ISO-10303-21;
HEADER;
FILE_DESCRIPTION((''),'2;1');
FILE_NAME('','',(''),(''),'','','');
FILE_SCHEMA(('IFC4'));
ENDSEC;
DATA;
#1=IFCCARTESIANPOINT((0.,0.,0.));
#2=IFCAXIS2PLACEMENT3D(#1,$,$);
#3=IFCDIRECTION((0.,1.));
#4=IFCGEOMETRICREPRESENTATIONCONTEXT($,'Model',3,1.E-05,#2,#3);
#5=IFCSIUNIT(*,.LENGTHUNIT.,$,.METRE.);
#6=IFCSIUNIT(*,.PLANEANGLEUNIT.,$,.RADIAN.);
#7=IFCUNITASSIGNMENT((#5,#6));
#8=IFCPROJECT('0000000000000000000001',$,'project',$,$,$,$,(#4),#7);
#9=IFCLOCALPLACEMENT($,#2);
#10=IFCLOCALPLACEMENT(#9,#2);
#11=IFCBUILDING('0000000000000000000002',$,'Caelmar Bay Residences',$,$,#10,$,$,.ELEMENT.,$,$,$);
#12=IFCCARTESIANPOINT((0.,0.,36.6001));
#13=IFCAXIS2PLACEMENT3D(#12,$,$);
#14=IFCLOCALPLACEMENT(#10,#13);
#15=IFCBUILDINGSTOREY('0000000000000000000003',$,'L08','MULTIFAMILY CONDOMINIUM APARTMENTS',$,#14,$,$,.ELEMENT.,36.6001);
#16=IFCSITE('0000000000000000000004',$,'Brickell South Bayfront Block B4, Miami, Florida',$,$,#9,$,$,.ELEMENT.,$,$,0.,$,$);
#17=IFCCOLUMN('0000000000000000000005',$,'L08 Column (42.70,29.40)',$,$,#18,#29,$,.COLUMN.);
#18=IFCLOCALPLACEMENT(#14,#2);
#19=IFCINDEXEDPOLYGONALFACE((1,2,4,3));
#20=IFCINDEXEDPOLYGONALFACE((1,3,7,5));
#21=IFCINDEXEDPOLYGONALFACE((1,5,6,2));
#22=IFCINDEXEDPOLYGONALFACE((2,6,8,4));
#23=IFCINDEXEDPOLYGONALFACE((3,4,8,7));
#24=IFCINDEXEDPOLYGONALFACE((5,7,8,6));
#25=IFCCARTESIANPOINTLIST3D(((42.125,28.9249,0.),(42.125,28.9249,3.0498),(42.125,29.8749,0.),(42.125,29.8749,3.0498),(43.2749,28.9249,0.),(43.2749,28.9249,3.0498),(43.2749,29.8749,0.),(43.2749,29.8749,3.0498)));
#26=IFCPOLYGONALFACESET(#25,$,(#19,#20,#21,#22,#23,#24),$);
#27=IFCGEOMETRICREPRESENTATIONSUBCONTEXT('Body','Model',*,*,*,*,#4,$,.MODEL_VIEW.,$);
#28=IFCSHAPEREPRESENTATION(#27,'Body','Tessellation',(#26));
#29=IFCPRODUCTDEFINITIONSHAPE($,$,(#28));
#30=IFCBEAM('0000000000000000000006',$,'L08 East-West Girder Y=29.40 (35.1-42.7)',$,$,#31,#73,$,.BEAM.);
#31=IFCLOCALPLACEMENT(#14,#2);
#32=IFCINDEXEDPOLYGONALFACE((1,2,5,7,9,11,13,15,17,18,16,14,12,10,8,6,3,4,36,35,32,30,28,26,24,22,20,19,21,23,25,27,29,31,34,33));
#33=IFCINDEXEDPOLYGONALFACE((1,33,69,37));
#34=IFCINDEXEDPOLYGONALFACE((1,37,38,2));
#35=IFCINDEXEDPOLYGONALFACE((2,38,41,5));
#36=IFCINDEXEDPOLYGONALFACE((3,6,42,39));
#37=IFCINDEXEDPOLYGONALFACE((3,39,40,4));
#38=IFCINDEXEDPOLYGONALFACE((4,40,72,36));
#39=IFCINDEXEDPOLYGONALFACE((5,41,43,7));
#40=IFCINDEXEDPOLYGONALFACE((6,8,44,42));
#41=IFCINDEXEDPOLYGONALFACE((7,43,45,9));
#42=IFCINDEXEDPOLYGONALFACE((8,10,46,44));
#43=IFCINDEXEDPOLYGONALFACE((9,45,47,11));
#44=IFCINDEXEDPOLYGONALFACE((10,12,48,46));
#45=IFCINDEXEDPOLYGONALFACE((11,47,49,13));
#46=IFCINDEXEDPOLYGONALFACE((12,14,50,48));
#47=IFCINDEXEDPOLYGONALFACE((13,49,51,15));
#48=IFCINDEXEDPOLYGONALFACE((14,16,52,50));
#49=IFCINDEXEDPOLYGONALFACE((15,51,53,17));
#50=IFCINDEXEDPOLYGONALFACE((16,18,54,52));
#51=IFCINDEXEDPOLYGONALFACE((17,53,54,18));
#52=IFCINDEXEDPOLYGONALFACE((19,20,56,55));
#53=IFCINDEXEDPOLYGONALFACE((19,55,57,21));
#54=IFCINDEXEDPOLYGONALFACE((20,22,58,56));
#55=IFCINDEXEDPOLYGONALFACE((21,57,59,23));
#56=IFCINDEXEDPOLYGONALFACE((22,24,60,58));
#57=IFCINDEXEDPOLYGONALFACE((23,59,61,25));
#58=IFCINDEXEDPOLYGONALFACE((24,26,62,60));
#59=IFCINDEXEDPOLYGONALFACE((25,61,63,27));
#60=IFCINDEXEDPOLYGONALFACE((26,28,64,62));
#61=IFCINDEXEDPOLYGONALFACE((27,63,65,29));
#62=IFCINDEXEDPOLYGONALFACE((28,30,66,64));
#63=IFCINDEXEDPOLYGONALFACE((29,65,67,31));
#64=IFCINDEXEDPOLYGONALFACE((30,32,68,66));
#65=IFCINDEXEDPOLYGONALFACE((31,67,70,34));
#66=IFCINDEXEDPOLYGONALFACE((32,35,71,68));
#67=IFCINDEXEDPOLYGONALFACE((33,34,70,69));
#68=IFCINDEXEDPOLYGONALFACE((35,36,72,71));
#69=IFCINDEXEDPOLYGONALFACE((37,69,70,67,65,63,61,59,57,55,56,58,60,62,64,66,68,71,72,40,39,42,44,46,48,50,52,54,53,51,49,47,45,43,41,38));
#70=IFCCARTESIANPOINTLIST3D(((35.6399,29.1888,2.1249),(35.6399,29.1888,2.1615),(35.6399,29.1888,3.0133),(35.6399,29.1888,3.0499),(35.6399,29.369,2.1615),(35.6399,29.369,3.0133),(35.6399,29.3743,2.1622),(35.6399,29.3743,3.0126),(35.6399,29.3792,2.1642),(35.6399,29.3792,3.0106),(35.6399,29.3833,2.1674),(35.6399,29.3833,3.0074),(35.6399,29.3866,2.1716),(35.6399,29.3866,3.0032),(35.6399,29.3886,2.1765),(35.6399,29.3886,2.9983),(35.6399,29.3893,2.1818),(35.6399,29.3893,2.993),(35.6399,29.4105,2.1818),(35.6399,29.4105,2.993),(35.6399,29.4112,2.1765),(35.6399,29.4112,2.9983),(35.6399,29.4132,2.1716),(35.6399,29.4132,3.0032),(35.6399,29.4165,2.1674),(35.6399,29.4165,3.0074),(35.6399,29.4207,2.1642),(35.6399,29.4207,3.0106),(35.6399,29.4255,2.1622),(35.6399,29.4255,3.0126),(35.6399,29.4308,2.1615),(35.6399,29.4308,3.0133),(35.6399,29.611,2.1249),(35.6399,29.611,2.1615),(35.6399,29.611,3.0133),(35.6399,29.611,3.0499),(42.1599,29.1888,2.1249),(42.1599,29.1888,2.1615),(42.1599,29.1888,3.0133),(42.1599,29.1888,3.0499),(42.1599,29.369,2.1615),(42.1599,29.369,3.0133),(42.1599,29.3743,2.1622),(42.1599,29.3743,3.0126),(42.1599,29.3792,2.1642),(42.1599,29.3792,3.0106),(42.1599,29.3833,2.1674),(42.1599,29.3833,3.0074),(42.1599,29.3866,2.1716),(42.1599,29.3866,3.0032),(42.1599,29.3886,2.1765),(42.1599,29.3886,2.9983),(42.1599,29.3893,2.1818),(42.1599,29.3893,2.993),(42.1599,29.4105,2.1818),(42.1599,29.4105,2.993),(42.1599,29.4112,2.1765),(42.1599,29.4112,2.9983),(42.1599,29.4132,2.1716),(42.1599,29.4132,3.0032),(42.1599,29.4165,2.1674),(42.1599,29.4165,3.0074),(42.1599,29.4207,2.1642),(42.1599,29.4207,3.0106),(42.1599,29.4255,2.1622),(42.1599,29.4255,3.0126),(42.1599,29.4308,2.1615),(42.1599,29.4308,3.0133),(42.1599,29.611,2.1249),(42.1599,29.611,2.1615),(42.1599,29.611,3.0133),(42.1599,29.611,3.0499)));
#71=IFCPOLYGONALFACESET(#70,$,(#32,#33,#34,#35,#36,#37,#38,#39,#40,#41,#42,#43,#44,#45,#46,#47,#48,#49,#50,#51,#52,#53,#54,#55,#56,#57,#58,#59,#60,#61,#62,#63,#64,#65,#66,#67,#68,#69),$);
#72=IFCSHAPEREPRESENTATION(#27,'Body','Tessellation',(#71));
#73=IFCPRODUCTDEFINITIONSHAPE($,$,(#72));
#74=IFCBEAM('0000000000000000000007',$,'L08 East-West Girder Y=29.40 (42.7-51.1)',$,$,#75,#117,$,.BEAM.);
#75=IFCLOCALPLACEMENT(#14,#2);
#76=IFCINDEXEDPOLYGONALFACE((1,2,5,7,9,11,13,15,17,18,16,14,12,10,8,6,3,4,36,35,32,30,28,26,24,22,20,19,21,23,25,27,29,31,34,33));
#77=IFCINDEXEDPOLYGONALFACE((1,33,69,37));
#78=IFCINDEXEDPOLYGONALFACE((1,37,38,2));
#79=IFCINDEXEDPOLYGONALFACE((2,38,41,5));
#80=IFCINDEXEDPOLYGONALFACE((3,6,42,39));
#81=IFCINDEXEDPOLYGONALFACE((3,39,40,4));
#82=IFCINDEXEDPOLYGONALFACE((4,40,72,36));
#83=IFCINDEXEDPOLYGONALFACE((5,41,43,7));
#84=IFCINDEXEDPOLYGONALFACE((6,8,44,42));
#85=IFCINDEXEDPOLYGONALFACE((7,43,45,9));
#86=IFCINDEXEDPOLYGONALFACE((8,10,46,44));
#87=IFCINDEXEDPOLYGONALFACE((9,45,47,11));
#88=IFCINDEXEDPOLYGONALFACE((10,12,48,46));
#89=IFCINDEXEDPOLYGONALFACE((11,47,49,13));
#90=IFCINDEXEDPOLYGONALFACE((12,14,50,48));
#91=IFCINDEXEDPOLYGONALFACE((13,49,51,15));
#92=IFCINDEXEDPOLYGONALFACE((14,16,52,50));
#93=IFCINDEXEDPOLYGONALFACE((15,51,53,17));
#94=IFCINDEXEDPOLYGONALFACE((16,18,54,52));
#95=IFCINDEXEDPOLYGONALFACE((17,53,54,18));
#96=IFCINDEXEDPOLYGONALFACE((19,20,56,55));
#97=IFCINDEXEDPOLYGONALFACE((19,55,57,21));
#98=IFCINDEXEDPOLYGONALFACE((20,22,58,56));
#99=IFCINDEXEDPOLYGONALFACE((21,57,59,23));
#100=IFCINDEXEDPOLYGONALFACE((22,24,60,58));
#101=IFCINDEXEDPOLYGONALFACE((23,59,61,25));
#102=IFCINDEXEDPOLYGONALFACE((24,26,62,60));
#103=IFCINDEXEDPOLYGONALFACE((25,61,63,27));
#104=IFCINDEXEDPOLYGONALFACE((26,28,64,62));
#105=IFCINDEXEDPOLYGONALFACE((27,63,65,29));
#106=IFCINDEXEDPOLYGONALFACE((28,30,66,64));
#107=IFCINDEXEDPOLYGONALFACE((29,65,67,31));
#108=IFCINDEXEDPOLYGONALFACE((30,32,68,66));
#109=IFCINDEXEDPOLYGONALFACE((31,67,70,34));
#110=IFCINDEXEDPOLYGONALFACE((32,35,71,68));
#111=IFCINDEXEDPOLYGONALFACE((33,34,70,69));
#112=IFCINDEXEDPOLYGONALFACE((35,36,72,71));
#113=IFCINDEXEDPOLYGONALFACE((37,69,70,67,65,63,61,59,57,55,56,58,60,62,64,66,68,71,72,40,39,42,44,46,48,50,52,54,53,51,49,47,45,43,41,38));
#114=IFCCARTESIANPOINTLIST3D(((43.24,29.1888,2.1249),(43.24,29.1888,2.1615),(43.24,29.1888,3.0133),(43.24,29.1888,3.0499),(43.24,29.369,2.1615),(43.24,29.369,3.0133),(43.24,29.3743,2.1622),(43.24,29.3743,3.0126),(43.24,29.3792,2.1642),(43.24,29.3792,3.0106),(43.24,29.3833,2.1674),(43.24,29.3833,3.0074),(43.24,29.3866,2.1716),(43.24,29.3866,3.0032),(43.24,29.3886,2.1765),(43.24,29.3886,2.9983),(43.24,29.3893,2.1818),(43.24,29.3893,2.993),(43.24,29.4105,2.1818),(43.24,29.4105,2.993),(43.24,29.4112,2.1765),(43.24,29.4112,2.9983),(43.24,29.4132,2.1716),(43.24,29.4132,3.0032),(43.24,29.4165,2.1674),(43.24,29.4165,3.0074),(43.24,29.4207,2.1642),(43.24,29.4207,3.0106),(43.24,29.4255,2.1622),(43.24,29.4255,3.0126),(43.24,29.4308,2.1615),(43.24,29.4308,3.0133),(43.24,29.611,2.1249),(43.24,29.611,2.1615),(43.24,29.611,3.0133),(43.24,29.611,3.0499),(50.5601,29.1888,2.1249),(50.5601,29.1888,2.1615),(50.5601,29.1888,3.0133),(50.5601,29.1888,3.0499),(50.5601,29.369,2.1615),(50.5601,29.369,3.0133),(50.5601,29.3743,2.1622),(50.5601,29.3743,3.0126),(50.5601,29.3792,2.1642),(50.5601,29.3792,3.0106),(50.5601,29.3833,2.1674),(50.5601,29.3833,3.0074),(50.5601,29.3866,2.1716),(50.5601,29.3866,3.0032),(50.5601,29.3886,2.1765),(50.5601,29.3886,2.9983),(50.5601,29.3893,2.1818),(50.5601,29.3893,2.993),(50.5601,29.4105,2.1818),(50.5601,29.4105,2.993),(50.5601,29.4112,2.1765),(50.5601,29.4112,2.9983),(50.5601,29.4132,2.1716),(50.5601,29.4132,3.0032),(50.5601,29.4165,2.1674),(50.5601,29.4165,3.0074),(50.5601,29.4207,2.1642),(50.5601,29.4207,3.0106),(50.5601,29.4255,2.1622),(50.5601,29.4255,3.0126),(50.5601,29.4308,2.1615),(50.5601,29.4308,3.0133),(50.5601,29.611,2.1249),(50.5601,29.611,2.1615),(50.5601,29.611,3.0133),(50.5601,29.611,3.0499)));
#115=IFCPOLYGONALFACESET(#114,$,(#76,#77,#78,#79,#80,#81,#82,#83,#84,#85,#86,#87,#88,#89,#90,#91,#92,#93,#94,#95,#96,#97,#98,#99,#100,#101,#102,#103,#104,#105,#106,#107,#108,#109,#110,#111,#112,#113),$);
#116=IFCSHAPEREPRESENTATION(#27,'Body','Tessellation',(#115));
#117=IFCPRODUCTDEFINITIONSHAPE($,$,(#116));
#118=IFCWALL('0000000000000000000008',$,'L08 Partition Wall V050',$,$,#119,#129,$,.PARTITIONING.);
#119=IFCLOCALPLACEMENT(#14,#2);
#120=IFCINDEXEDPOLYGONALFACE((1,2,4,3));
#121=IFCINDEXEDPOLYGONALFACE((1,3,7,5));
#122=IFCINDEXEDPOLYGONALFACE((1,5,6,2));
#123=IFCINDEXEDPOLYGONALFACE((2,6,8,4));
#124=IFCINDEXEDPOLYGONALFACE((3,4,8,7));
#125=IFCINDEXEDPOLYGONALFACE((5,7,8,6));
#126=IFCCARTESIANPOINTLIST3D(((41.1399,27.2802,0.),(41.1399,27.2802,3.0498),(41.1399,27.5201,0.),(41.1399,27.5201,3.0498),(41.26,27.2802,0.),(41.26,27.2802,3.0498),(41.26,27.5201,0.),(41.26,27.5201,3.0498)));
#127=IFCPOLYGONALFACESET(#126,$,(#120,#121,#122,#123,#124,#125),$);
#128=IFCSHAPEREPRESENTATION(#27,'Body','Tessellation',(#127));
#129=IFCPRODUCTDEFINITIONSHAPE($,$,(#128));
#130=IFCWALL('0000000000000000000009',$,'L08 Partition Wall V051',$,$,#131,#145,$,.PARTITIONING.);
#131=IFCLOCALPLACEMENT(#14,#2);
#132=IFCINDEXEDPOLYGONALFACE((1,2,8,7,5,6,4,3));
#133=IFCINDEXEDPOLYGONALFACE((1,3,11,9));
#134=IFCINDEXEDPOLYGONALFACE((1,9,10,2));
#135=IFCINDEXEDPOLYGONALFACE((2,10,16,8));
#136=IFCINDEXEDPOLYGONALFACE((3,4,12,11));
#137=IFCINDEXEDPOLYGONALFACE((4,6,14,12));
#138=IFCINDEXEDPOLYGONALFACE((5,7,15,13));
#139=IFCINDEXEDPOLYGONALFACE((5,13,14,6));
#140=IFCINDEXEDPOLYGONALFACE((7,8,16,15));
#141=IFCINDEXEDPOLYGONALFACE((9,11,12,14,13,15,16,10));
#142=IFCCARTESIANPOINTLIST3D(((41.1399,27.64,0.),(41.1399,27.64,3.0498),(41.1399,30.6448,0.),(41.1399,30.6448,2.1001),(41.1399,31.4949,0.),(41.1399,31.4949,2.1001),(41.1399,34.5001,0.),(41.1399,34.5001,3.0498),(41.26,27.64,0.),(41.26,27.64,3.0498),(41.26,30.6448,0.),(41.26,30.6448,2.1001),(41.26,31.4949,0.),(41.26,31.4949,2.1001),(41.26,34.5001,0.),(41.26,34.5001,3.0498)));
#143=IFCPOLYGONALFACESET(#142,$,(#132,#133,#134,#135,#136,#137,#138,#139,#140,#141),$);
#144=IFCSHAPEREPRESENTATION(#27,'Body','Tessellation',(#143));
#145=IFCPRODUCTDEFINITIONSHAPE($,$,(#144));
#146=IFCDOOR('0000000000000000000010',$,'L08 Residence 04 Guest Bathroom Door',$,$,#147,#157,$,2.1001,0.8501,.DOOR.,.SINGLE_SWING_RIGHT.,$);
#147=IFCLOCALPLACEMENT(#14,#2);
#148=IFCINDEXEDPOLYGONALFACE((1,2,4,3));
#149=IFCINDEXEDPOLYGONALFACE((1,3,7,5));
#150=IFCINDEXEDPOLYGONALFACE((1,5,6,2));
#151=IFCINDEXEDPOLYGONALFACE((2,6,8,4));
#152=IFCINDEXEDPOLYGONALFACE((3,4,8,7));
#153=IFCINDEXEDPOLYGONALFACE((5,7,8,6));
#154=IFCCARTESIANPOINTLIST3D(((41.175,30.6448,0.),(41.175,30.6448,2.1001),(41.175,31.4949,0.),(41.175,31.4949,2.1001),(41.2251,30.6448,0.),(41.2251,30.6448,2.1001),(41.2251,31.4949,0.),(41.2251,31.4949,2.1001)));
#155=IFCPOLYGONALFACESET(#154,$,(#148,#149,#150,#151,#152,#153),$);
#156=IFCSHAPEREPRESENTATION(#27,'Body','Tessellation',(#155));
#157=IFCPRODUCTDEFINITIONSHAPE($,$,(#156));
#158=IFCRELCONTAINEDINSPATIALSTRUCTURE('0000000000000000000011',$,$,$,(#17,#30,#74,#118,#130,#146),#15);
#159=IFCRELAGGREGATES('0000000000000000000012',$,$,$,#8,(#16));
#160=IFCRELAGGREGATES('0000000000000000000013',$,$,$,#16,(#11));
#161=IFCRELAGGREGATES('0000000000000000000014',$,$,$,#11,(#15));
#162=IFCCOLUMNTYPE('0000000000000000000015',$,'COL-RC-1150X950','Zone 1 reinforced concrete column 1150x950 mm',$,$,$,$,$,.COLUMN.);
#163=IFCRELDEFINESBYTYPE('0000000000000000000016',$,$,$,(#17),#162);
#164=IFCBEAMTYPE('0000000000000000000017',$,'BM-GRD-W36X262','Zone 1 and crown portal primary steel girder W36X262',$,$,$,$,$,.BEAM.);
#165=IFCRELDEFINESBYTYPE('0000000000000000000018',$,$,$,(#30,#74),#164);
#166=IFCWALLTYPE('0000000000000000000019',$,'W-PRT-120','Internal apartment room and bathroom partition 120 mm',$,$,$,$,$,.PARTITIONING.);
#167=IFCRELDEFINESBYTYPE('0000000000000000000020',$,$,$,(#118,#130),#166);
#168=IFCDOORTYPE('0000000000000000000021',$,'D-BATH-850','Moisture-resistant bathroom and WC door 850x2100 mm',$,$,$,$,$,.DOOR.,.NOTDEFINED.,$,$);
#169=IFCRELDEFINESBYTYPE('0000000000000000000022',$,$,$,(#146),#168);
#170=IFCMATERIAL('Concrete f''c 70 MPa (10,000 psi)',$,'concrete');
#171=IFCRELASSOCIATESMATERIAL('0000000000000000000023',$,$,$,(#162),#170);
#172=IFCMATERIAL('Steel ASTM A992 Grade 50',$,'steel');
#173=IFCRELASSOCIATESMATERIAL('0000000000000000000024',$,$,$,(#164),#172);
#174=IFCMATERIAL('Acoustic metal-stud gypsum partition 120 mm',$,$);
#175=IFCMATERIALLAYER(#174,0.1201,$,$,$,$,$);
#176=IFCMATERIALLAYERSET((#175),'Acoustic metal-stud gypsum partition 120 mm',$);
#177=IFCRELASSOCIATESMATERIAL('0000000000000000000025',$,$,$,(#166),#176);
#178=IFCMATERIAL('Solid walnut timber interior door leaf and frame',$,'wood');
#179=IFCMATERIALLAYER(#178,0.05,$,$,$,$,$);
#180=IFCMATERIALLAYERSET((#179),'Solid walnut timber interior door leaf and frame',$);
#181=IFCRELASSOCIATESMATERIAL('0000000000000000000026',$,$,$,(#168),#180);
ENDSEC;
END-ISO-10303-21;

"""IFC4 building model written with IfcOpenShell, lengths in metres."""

from ifc_helpers import new_model, si_unit, direction, frame, frame_2d, origin, origin_2d, place, context, subcontext, project, spatial, rectangle, i_section, extrude, material, layer, layer_set, material_profile, profile_set, type_object, element, fill, save


model = new_model("IFC4")

# Units and contexts
model_context = context("Model", 3, precision=1e-05, world=origin(), true_north=direction((0.0, 1.0)))
body_context = subcontext(model_context, "Body", "Model", "MODEL_VIEW")
ifc_project = project(units=[si_unit("LENGTHUNIT", "METRE"), si_unit("PLANEANGLEUNIT", "RADIAN")], contexts=[model_context])

# Site, building, storey
site_placement = place(None, origin())
site = spatial("IfcSite", under=ifc_project, at=site_placement, Name="Brickell South Bayfront Block B4, Miami, Florida", CompositionType="ELEMENT", RefElevation=0.0)
building_placement = place(site_placement, origin())
building = spatial("IfcBuilding", under=site, at=building_placement, Name="Caelmar Bay Residences", CompositionType="ELEMENT")
storey_placement = place(building_placement, frame((0.0, 0.0, 36.6001)))
storey = spatial("IfcBuildingStorey", under=building, at=storey_placement, Name="L08", Description="MULTIFAMILY CONDOMINIUM APARTMENTS", CompositionType="ELEMENT", Elevation=36.6001)

# Column
ifc_material_1 = material(Name="Concrete f'c 70 MPa (10,000 psi)", Category="concrete")
ifc_material_profile_1 = material_profile(ifc_material_1, rectangle(XDim=1.1499, YDim=0.95, at=origin_2d()), Name="RC-COL-1150X950")
ifc_profile_set_1 = profile_set([ifc_material_profile_1], Name="Concrete f'c 70 MPa (10,000 psi)")
column_type = type_object("IfcColumnType", Name="COL-RC-1150X950", Description="Zone 1 reinforced concrete column 1150x950 mm", PredefinedType="COLUMN", material=ifc_profile_set_1)
column_placement = place(storey_placement, frame((42.7, 29.3999, 0.0), z_axis=(0.0, 0.0, 1.0), x_axis=(1.0, 0.0, 0.0)))
element("IfcColumn", 1, at=column_placement, inside=storey, type_object=column_type, Name="L08 Column (42.70,29.40)", PredefinedType="COLUMN", context=body_context, shape_type="SweptSolid", body=[
    extrude(rectangle(XDim=1.1499, YDim=0.95, at=origin_2d()), origin(), (0.0, 0.0, 1.0), 3.0498),
])

# Beams
ifc_material_2 = material(Name="Steel ASTM A992 Grade 50", Category="steel")
ifc_material_profile_2 = material_profile(ifc_material_2, i_section(OverallWidth=0.4221, OverallDepth=0.925, WebThickness=0.0212, FlangeThickness=0.0366, FilletRadius=0.0203, at=origin_2d()), Name="W36X262")
ifc_profile_set_2 = profile_set([ifc_material_profile_2], Name="Steel ASTM A992 Grade 50")
beam_type = type_object("IfcBeamType", Name="BM-GRD-W36X262", Description="Zone 1 and crown portal primary steel girder W36X262", PredefinedType="BEAM", material=ifc_profile_set_2)
beam_1_placement = place(storey_placement, frame((35.6399, 29.3999, 2.5874), z_axis=(1.0, 0.0, 0.0), x_axis=(0.0, 1.0, 0.0)))
element("IfcBeam", 2, at=beam_1_placement, inside=storey, type_object=beam_type, Name="L08 East-West Girder Y=29.40 (35.1-42.7)", PredefinedType="BEAM", context=body_context, shape_type="SweptSolid", body=[
    extrude(i_section(OverallWidth=0.4221, OverallDepth=0.925, WebThickness=0.0212, FlangeThickness=0.0366, FilletRadius=0.0203, at=origin_2d()), origin(), (0.0, 0.0, 1.0), 6.52),
])
beam_2_placement = place(storey_placement, frame((43.24, 29.3999, 2.5874), z_axis=(1.0, 0.0, 0.0), x_axis=(0.0, 1.0, 0.0)))
element("IfcBeam", 3, at=beam_2_placement, inside=storey, type_object=beam_type, Name="L08 East-West Girder Y=29.40 (42.7-51.1)", PredefinedType="BEAM", context=body_context, shape_type="SweptSolid", body=[
    extrude(i_section(OverallWidth=0.4221, OverallDepth=0.925, WebThickness=0.0212, FlangeThickness=0.0366, FilletRadius=0.0203, at=origin_2d()), origin(), (0.0, 0.0, 1.0), 7.3201),
])

# Wall
ifc_material_3 = material(Name="Acoustic metal-stud gypsum partition 120 mm")
ifc_layer_1 = layer(ifc_material_3, 0.1201)
ifc_layer_set_1 = layer_set([ifc_layer_1], Name="Acoustic metal-stud gypsum partition 120 mm")
wall_type = type_object("IfcWallType", Name="W-PRT-120", Description="Internal apartment room and bathroom partition 120 mm", PredefinedType="PARTITIONING", material=ifc_layer_set_1)
wall_1_placement = place(storey_placement, frame((41.2, 27.28, 0.0), z_axis=(0.0, 0.0, 1.0), x_axis=(0.0, 1.0, 0.0)))
element("IfcWall", 4, at=wall_1_placement, inside=storey, type_object=wall_type, Name="L08 Partition Wall V050", PredefinedType="PARTITIONING", context=body_context, shape_type="SweptSolid", body=[
    extrude(rectangle(XDim=0.24, YDim=0.1201, at=frame_2d((0.1201, 0.0))), origin(), (0.0, 0.0, 1.0), 3.0498),
])

# Wall, opening, door
wall_2_placement = place(storey_placement, frame((41.2, 27.6399, 0.0), z_axis=(0.0, 0.0, 1.0), x_axis=(0.0, 1.0, 0.0)))
wall_2 = element("IfcWall", 5, at=wall_2_placement, inside=storey, type_object=wall_type, Name="L08 Partition Wall V051", PredefinedType="PARTITIONING", context=body_context, shape_type="SweptSolid", body=[
    extrude(rectangle(XDim=6.8601, YDim=0.1201, at=frame_2d((3.4302, 0.0))), origin(), (0.0, 0.0, 1.0), 3.0498),
])
opening_1_placement = place(wall_2_placement, frame((3.0049, 0.0, 0.0)))
opening_1 = element("IfcOpeningElement", 6, at=opening_1_placement, cuts=wall_2, PredefinedType="OPENING", context=body_context, shape_type="SweptSolid", body=[
    extrude(rectangle(XDim=0.8501, YDim=2.1001, at=frame_2d((0.425, 1.05))), frame((0.0, 0.0701, 0.0), z_axis=(0.0, -1.0, 0.0), x_axis=(1.0, 0.0, 0.0)), (0.0, 0.0, 1.0), 0.1401),
])
ifc_material_4 = material(Name="Solid walnut timber interior door leaf and frame", Category="wood")
ifc_layer_2 = layer(ifc_material_4, 0.05)
ifc_layer_set_2 = layer_set([ifc_layer_2], Name="Solid walnut timber interior door leaf and frame")
door_type_1 = type_object("IfcDoorType", Name="D-BATH-850", Description="Moisture-resistant bathroom and WC door 850x2100 mm", OperationType="NOTDEFINED", PredefinedType="DOOR", material=ifc_layer_set_2)
door_1_placement = place(opening_1_placement, origin())
door_1 = element("IfcDoor", 7, at=door_1_placement, inside=storey, type_object=door_type_1, Name="L08 Residence 04 Guest Bathroom Door", OperationType="SINGLE_SWING_RIGHT", OverallHeight=2.1001, OverallWidth=0.8501, PredefinedType="DOOR", context=body_context, shape_type="SweptSolid", body=[
    extrude(rectangle(XDim=0.8501, YDim=2.1001, at=frame_2d((0.425, 1.05))), frame((0.0, 0.0249, 0.0), z_axis=(0.0, -1.0, 0.0), x_axis=(1.0, 0.0, 0.0)), (0.0, 0.0, 1.0), 0.05),
])
fill(opening_1, door_1)

save(model, "model.ifc")
